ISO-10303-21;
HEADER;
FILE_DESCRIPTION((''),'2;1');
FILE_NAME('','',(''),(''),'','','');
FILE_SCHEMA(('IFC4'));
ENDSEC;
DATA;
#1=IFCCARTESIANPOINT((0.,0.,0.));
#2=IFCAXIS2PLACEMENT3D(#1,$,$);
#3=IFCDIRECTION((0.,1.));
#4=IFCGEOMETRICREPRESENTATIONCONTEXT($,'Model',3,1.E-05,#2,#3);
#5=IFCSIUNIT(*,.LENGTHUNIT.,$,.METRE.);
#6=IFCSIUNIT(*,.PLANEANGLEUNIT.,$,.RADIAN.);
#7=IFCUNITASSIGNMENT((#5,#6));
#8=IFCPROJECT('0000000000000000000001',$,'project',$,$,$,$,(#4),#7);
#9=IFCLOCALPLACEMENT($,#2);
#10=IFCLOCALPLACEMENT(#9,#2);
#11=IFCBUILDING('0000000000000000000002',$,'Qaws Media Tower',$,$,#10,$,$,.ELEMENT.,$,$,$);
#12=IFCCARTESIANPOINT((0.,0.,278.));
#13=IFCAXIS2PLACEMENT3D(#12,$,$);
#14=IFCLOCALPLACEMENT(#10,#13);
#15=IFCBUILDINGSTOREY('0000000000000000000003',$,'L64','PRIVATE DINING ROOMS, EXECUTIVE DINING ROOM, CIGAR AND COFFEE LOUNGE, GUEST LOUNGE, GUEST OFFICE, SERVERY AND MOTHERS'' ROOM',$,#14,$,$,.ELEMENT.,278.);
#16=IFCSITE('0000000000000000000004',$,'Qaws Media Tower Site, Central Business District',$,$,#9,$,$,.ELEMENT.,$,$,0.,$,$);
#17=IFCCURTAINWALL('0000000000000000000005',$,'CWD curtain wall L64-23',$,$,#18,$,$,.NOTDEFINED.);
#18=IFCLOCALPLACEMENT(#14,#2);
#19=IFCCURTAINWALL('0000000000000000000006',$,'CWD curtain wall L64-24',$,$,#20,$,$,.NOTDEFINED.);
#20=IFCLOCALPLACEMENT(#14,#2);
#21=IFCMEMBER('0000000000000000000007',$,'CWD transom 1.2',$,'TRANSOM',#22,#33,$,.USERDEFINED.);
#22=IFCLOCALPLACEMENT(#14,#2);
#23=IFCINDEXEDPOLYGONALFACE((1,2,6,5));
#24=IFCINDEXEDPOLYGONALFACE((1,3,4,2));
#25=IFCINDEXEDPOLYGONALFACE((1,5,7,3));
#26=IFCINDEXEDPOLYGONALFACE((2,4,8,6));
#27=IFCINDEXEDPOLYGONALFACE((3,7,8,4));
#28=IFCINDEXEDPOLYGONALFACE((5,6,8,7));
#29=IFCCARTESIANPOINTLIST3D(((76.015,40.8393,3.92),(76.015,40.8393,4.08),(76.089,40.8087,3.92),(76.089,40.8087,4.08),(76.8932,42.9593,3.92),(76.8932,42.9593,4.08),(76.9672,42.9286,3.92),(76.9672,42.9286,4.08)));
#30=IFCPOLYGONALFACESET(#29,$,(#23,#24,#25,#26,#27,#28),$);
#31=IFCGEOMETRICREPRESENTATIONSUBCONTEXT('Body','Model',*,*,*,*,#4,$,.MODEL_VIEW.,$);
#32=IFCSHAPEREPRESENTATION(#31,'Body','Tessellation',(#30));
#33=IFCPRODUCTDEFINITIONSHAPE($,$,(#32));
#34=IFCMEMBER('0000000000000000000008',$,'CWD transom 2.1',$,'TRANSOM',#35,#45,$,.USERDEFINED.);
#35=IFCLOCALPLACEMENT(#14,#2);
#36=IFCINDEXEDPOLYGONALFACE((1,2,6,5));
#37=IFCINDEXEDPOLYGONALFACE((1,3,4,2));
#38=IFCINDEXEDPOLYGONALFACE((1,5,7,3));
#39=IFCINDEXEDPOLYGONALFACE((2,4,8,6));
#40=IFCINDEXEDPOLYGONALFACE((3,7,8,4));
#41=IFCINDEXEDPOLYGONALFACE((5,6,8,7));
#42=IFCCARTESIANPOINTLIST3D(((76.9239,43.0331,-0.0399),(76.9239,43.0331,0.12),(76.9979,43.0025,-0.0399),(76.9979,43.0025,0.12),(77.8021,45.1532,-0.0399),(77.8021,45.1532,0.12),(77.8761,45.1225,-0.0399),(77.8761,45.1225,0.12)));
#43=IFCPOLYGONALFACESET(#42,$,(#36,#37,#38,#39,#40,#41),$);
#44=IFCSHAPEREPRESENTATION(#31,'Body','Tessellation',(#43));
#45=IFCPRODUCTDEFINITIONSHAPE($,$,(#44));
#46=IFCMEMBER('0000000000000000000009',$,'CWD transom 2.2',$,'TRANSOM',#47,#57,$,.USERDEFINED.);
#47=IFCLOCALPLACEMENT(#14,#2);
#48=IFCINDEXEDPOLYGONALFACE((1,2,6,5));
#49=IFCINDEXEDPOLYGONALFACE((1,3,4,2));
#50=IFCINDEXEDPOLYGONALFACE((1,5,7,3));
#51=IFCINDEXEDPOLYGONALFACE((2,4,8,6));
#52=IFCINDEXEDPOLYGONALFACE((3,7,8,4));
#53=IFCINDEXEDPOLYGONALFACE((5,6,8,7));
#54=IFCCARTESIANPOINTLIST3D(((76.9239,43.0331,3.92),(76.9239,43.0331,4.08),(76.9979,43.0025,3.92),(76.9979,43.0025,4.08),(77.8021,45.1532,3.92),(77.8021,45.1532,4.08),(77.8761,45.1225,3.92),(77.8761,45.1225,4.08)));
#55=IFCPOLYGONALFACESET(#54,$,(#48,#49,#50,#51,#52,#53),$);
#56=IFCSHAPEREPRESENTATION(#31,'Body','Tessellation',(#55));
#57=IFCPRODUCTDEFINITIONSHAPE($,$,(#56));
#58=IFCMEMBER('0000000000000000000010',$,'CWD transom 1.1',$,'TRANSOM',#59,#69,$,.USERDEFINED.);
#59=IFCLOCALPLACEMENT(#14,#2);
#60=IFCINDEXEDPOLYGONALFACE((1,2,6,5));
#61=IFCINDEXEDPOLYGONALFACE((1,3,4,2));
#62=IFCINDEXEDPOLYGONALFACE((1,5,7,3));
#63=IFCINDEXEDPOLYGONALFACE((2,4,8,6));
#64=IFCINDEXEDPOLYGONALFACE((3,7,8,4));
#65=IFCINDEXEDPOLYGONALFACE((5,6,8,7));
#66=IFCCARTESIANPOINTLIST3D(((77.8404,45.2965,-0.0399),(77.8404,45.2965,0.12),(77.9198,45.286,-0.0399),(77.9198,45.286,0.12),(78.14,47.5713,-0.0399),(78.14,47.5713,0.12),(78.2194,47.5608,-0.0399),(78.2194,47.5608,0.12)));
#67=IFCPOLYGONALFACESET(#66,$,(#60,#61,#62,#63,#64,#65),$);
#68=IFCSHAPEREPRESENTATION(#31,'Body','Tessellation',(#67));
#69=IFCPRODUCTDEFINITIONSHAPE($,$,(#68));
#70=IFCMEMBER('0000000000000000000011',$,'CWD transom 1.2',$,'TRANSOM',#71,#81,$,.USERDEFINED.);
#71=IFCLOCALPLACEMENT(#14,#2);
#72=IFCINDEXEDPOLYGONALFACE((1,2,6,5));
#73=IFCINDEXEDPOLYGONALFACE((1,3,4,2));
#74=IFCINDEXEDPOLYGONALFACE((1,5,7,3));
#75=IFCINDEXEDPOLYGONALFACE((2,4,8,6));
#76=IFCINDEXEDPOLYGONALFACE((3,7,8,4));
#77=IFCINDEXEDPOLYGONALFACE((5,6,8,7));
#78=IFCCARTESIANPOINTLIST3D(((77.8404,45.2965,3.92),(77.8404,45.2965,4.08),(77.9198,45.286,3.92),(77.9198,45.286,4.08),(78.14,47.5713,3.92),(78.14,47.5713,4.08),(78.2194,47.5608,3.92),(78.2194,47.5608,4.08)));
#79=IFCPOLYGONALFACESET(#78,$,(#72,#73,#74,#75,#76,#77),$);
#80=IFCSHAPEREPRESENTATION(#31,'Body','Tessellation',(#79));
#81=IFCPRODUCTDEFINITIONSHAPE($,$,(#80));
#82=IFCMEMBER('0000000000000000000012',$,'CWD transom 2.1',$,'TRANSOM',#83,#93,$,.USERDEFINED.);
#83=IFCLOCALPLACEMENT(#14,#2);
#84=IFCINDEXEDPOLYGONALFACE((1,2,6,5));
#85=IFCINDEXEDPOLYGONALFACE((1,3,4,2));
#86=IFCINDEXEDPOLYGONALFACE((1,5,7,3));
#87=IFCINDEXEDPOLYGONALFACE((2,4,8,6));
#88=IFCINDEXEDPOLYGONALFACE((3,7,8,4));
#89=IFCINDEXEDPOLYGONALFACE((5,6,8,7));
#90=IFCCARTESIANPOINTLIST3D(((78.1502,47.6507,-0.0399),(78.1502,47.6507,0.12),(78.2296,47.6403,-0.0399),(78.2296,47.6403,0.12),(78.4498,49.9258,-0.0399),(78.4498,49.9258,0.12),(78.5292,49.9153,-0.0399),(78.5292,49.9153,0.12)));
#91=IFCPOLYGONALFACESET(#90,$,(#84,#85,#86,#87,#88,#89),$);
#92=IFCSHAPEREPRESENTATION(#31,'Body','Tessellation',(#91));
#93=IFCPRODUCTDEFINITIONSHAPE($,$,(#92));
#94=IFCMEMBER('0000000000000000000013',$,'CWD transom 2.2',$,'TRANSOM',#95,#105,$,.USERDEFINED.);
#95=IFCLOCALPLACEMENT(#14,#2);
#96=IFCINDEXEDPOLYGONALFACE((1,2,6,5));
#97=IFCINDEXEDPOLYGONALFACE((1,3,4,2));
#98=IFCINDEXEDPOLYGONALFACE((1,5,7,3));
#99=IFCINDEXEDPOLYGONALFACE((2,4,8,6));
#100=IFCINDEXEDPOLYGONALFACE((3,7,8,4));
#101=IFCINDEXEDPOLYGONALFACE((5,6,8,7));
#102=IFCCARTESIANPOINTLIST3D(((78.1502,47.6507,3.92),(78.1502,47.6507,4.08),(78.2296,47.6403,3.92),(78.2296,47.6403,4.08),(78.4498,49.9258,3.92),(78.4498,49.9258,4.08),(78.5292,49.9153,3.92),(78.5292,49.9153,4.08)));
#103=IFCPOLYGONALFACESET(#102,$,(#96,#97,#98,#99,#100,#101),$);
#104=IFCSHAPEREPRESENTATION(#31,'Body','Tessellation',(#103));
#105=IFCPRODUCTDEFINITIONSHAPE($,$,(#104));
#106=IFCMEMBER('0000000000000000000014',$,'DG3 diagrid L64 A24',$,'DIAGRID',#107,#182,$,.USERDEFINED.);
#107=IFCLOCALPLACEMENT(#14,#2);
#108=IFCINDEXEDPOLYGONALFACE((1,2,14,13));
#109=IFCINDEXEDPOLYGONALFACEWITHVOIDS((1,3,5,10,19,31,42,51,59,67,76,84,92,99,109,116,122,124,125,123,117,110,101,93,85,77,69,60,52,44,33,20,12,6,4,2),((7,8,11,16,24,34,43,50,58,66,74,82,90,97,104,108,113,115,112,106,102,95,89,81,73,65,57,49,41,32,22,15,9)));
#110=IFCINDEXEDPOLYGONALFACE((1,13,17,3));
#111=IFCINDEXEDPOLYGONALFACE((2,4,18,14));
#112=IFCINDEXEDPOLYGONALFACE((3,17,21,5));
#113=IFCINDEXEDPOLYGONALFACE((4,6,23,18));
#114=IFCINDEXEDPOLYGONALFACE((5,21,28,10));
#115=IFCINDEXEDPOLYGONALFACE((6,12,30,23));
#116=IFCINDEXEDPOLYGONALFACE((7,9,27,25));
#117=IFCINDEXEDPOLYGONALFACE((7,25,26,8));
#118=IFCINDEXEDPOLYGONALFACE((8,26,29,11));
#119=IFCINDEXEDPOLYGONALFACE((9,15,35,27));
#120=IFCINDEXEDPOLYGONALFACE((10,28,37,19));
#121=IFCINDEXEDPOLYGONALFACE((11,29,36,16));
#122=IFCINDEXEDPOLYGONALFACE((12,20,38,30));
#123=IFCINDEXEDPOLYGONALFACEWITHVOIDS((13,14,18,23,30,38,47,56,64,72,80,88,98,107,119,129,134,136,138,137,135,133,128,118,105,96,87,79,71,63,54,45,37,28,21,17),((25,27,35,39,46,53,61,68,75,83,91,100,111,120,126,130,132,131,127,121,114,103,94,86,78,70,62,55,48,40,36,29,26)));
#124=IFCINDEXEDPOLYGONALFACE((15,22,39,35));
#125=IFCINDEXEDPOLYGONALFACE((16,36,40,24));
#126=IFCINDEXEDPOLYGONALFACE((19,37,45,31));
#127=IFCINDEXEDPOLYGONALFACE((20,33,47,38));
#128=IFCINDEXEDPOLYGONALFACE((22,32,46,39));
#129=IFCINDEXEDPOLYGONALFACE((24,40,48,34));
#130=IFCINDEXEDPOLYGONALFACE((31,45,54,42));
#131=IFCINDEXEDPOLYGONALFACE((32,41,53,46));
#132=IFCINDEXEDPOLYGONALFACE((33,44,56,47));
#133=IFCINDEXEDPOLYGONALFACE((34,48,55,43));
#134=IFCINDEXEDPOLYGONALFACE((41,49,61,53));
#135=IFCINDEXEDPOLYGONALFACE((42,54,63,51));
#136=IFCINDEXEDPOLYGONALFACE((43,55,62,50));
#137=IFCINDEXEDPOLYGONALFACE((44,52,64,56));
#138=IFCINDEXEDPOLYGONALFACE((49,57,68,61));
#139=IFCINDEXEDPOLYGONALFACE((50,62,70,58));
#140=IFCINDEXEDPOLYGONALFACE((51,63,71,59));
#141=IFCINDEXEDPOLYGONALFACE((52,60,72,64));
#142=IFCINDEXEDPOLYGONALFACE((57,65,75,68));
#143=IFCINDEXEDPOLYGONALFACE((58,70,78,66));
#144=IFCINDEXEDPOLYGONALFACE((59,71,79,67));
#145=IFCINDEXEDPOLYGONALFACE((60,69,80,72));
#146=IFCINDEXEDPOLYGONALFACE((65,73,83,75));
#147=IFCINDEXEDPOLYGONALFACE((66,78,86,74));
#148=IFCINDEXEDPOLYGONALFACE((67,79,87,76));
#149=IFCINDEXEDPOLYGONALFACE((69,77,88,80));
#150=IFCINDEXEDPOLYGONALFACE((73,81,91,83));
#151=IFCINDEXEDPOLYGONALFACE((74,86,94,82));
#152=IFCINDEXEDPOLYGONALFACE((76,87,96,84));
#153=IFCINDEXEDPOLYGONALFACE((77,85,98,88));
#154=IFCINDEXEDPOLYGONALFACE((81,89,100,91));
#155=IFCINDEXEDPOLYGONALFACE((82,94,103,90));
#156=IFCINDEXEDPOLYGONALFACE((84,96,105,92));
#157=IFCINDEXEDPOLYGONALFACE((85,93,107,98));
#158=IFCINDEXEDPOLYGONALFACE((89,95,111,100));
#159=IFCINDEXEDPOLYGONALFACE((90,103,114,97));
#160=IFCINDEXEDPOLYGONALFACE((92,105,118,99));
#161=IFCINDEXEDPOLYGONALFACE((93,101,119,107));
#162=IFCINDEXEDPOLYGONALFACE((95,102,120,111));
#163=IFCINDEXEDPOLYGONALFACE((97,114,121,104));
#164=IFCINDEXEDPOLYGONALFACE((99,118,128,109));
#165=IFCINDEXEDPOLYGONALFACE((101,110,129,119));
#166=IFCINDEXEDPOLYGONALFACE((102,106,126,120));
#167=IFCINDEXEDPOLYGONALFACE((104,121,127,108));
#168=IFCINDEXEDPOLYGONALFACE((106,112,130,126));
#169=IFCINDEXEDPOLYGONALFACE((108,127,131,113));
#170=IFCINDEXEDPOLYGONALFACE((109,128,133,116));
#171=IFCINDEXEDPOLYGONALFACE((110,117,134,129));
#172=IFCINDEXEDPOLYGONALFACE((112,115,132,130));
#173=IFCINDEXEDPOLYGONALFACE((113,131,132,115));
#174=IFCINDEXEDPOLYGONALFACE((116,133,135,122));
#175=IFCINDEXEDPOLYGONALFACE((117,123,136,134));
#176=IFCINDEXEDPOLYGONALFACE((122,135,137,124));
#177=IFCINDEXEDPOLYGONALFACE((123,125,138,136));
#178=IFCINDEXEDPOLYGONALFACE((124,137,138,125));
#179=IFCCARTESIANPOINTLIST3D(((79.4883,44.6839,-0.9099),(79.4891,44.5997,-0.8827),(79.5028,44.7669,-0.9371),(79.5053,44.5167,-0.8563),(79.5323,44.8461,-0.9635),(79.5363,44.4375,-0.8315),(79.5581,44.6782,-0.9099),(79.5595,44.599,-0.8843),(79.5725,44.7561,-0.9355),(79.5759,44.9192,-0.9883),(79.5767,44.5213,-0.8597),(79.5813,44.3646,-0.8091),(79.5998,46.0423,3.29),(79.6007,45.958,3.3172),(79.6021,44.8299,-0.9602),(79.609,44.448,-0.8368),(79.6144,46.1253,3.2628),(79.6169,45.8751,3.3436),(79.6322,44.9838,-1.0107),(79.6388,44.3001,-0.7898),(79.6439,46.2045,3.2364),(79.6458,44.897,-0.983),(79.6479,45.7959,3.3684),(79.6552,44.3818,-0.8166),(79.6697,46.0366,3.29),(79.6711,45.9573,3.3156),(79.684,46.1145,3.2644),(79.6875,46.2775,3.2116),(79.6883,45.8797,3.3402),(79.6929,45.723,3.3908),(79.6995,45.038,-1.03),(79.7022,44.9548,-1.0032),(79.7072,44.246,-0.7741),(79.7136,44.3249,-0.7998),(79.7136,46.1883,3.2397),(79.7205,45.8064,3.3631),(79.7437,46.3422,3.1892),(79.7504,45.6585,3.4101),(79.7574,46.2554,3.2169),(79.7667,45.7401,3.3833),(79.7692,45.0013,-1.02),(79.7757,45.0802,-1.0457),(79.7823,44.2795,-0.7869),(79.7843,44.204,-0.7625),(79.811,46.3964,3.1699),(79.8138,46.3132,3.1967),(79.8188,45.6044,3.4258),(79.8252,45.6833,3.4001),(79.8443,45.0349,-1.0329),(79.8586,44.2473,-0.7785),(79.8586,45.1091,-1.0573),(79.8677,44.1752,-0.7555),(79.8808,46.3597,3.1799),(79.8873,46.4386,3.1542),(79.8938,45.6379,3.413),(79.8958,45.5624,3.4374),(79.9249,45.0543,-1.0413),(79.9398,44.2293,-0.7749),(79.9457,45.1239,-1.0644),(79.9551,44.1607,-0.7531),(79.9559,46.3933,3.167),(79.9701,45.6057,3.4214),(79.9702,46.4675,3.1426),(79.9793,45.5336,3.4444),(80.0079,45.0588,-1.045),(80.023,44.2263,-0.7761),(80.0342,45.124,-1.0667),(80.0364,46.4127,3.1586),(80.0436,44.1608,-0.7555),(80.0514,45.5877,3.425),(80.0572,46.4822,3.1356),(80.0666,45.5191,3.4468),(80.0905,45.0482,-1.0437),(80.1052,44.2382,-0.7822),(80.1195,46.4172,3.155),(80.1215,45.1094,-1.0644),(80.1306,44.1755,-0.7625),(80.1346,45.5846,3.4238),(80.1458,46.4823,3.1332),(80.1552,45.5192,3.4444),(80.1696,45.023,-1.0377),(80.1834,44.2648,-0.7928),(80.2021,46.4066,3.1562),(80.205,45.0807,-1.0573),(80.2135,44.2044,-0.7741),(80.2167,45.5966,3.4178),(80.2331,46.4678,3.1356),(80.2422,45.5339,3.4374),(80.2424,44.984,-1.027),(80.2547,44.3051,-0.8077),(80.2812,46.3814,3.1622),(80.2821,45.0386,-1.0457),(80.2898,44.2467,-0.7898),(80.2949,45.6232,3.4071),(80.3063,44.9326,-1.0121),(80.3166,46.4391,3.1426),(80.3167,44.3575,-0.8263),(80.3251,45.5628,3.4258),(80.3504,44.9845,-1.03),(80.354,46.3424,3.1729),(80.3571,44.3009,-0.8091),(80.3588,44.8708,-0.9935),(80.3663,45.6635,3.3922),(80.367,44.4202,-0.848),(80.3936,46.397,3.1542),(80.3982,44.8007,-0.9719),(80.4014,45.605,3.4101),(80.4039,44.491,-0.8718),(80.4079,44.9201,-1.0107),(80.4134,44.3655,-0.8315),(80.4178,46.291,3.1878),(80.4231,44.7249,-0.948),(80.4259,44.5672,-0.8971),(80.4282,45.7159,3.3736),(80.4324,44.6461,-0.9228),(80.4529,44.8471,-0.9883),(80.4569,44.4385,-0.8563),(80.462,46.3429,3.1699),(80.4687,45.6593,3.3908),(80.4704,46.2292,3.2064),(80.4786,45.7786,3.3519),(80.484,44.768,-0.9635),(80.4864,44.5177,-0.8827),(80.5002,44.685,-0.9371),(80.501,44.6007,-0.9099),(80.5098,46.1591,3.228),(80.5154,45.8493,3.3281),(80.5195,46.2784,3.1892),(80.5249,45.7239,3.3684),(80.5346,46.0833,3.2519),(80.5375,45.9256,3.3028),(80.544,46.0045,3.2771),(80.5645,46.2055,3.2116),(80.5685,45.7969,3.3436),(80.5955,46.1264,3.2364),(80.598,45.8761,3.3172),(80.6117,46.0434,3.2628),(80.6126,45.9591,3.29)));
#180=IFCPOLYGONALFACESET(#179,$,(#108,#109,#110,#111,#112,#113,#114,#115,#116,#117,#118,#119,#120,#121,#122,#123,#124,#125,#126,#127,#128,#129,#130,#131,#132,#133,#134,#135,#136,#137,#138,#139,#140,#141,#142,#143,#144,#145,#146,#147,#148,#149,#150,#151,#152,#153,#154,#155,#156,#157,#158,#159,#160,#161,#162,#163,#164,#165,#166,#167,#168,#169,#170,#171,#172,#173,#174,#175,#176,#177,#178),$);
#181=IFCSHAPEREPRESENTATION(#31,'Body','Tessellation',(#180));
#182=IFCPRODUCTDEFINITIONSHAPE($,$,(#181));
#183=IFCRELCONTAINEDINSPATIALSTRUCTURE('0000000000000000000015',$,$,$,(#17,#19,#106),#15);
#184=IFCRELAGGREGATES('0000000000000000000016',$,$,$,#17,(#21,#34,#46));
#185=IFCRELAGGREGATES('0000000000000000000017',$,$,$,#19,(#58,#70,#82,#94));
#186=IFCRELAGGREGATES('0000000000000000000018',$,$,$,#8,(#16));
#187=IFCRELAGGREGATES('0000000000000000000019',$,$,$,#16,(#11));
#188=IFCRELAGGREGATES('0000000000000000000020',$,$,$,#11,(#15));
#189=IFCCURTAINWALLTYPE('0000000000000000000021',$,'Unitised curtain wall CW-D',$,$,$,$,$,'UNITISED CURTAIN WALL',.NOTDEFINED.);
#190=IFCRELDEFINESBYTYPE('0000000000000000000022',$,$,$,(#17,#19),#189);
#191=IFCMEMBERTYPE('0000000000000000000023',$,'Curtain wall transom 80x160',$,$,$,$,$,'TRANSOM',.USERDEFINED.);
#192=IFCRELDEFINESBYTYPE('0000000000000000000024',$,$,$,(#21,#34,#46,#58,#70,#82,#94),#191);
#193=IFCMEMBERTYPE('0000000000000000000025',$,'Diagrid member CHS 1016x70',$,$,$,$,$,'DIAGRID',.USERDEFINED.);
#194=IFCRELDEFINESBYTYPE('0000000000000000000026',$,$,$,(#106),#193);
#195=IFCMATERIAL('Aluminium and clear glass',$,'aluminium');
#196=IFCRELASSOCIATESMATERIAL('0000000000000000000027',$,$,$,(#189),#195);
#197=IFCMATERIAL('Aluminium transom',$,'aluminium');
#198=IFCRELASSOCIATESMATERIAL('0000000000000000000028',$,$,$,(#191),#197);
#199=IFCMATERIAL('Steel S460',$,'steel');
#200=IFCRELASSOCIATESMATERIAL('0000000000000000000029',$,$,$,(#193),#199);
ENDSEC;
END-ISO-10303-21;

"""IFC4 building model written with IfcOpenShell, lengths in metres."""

from ifc_helpers import new_model, si_unit, direction, frame, origin, origin_2d, place, context, subcontext, project, spatial, rectangle, hollow_circle, extrude, material, material_profile, profile_set, type_object, element, aggregate, save


model = new_model("IFC4")

# Units and contexts
model_context = context("Model", 3, precision=1e-05, world=origin(), true_north=direction((0.0, 1.0)))
body_context = subcontext(model_context, "Body", "Model", "MODEL_VIEW")
ifc_project = project(units=[si_unit("LENGTHUNIT", "METRE"), si_unit("PLANEANGLEUNIT", "RADIAN")], contexts=[model_context])

# Site, building, storey
site_placement = place(None, origin())
site = spatial("IfcSite", under=ifc_project, at=site_placement, Name="Qaws Media Tower Site, Central Business District", CompositionType="ELEMENT", RefElevation=0.0)
building_placement = place(site_placement, origin())
building = spatial("IfcBuilding", under=site, at=building_placement, Name="Qaws Media Tower", CompositionType="ELEMENT")
storey_placement = place(building_placement, frame((0.0, 0.0, 278.0)))
storey = spatial("IfcBuildingStorey", under=building, at=storey_placement, Name="L64", Description="PRIVATE DINING ROOMS, EXECUTIVE DINING ROOM, CIGAR AND COFFEE LOUNGE, GUEST LOUNGE, GUEST OFFICE, SERVERY AND MOTHERS' ROOM", CompositionType="ELEMENT", Elevation=278.0)

# Shared definitions
ifc_material_1 = material(Name="Aluminium and clear glass", Category="aluminium")
curtain_wall_type = type_object("IfcCurtainWallType", Name="Unitised curtain wall CW-D", ElementType="UNITISED CURTAIN WALL", PredefinedType="NOTDEFINED", material=ifc_material_1)

# Curtain walls
curtain_wall_1_placement = place(storey_placement, origin())
curtain_wall_1 = element("IfcCurtainWall", 1, at=curtain_wall_1_placement, inside=storey, type_object=curtain_wall_type, Name="CWD curtain wall L64-23", PredefinedType="NOTDEFINED")
curtain_wall_2_placement = place(storey_placement, origin())
curtain_wall_2 = element("IfcCurtainWall", 2, at=curtain_wall_2_placement, inside=storey, type_object=curtain_wall_type, Name="CWD curtain wall L64-24", PredefinedType="NOTDEFINED")

# Members
ifc_material_2 = material(Name="Aluminium transom", Category="aluminium")
ifc_material_profile_1 = material_profile(ifc_material_2, rectangle(XDim=0.0801, YDim=0.1599, at=origin_2d()), Name="80x160")
ifc_profile_set_1 = profile_set([ifc_material_profile_1], Name="Aluminium transom")
member_type_1 = type_object("IfcMemberType", Name="Curtain wall transom 80x160", ElementType="TRANSOM", PredefinedType="USERDEFINED", material=ifc_profile_set_1)
member_1_placement = place(storey_placement, frame((76.052, 40.824, 4.0), z_axis=(0.382718, 0.923865, 0.0), x_axis=(-0.923865, 0.382718, 0.0)))
member_1 = element("IfcMember", 3, at=member_1_placement, type_object=member_type_1, Name="CWD transom 1.2", ObjectType="TRANSOM", PredefinedType="USERDEFINED", context=body_context, shape_type="SweptSolid", body=[
    extrude(rectangle(XDim=0.0801, YDim=0.1599, at=origin_2d()), origin(), (0.0, 0.0, 1.0), 2.2947),
])
member_2_placement = place(storey_placement, frame((76.9609, 43.0178, 0.04), z_axis=(0.382681, 0.923881, 0.0), x_axis=(-0.923881, 0.382681, 0.0)))
member_2 = element("IfcMember", 4, at=member_2_placement, type_object=member_type_1, Name="CWD transom 2.1", ObjectType="TRANSOM", PredefinedType="USERDEFINED", context=body_context, shape_type="SweptSolid", body=[
    extrude(rectangle(XDim=0.0801, YDim=0.1599, at=origin_2d()), origin(), (0.0, 0.0, 1.0), 2.2947),
])
member_3_placement = place(storey_placement, frame((76.9609, 43.0178, 4.0), z_axis=(0.382681, 0.923881, 0.0), x_axis=(-0.923881, 0.382681, 0.0)))
member_3 = element("IfcMember", 5, at=member_3_placement, type_object=member_type_1, Name="CWD transom 2.2", ObjectType="TRANSOM", PredefinedType="USERDEFINED", context=body_context, shape_type="SweptSolid", body=[
    extrude(rectangle(XDim=0.0801, YDim=0.1599, at=origin_2d()), origin(), (0.0, 0.0, 1.0), 2.2947),
])
member_4_placement = place(storey_placement, frame((77.8801, 45.2913, 0.04), z_axis=(0.130554, 0.991441, 0.0), x_axis=(-0.991441, 0.130554, 0.0)))
member_4 = element("IfcMember", 6, at=member_4_placement, type_object=member_type_1, Name="CWD transom 1.1", ObjectType="TRANSOM", PredefinedType="USERDEFINED", context=body_context, shape_type="SweptSolid", body=[
    extrude(rectangle(XDim=0.0801, YDim=0.1599, at=origin_2d()), origin(), (0.0, 0.0, 1.0), 2.2944),
])
member_5_placement = place(storey_placement, frame((77.8801, 45.2913, 4.0), z_axis=(0.130554, 0.991441, 0.0), x_axis=(-0.991441, 0.130554, 0.0)))
member_5 = element("IfcMember", 7, at=member_5_placement, type_object=member_type_1, Name="CWD transom 1.2", ObjectType="TRANSOM", PredefinedType="USERDEFINED", context=body_context, shape_type="SweptSolid", body=[
    extrude(rectangle(XDim=0.0801, YDim=0.1599, at=origin_2d()), origin(), (0.0, 0.0, 1.0), 2.2944),
])
member_6_placement = place(storey_placement, frame((78.1899, 47.6455, 0.04), z_axis=(0.13054, 0.991443, 0.0), x_axis=(-0.991443, 0.13054, 0.0)))
member_6 = element("IfcMember", 8, at=member_6_placement, type_object=member_type_1, Name="CWD transom 2.1", ObjectType="TRANSOM", PredefinedType="USERDEFINED", context=body_context, shape_type="SweptSolid", body=[
    extrude(rectangle(XDim=0.0801, YDim=0.1599, at=origin_2d()), origin(), (0.0, 0.0, 1.0), 2.2947),
])
member_7_placement = place(storey_placement, frame((78.1899, 47.6455, 4.0), z_axis=(0.13054, 0.991443, 0.0), x_axis=(-0.991443, 0.13054, 0.0)))
member_7 = element("IfcMember", 9, at=member_7_placement, type_object=member_type_1, Name="CWD transom 2.2", ObjectType="TRANSOM", PredefinedType="USERDEFINED", context=body_context, shape_type="SweptSolid", body=[
    extrude(rectangle(XDim=0.0801, YDim=0.1599, at=origin_2d()), origin(), (0.0, 0.0, 1.0), 2.2947),
])

# Member
ifc_material_3 = material(Name="Steel S460", Category="steel")
ifc_material_profile_2 = material_profile(ifc_material_3, hollow_circle(Radius=0.5081, WallThickness=0.0701, at=origin_2d()), Name="CHS 1016x70")
ifc_profile_set_2 = profile_set([ifc_material_profile_2], Name="Steel S460")
member_type_2 = type_object("IfcMemberType", Name="Diagrid member CHS 1016x70", ElementType="DIAGRID", PredefinedType="USERDEFINED", material=ifc_profile_set_2)
for number, where, z_axis, x_axis, name in (
    (10, (79.9946, 44.6423, -0.9099), (0.025268, 0.307638, 0.951168), (-0.996644, 0.081859, 0.0), "DG3 diagrid L64 A24"),
):
    element("IfcMember", number, at=place(storey_placement, frame(where, z_axis=z_axis, x_axis=x_axis)), inside=storey, type_object=member_type_2, Name=name, ObjectType="DIAGRID", PredefinedType="USERDEFINED", context=body_context, shape_type="SweptSolid", body=[
        extrude(hollow_circle(Radius=0.5081, WallThickness=0.0701, at=origin_2d()), origin(), (0.0, 0.0, 1.0), 4.4155),
    ])

aggregate(curtain_wall_1, [member_1, member_2, member_3])
aggregate(curtain_wall_2, [member_4, member_5, member_6, member_7])

save(model, "model.ifc")
